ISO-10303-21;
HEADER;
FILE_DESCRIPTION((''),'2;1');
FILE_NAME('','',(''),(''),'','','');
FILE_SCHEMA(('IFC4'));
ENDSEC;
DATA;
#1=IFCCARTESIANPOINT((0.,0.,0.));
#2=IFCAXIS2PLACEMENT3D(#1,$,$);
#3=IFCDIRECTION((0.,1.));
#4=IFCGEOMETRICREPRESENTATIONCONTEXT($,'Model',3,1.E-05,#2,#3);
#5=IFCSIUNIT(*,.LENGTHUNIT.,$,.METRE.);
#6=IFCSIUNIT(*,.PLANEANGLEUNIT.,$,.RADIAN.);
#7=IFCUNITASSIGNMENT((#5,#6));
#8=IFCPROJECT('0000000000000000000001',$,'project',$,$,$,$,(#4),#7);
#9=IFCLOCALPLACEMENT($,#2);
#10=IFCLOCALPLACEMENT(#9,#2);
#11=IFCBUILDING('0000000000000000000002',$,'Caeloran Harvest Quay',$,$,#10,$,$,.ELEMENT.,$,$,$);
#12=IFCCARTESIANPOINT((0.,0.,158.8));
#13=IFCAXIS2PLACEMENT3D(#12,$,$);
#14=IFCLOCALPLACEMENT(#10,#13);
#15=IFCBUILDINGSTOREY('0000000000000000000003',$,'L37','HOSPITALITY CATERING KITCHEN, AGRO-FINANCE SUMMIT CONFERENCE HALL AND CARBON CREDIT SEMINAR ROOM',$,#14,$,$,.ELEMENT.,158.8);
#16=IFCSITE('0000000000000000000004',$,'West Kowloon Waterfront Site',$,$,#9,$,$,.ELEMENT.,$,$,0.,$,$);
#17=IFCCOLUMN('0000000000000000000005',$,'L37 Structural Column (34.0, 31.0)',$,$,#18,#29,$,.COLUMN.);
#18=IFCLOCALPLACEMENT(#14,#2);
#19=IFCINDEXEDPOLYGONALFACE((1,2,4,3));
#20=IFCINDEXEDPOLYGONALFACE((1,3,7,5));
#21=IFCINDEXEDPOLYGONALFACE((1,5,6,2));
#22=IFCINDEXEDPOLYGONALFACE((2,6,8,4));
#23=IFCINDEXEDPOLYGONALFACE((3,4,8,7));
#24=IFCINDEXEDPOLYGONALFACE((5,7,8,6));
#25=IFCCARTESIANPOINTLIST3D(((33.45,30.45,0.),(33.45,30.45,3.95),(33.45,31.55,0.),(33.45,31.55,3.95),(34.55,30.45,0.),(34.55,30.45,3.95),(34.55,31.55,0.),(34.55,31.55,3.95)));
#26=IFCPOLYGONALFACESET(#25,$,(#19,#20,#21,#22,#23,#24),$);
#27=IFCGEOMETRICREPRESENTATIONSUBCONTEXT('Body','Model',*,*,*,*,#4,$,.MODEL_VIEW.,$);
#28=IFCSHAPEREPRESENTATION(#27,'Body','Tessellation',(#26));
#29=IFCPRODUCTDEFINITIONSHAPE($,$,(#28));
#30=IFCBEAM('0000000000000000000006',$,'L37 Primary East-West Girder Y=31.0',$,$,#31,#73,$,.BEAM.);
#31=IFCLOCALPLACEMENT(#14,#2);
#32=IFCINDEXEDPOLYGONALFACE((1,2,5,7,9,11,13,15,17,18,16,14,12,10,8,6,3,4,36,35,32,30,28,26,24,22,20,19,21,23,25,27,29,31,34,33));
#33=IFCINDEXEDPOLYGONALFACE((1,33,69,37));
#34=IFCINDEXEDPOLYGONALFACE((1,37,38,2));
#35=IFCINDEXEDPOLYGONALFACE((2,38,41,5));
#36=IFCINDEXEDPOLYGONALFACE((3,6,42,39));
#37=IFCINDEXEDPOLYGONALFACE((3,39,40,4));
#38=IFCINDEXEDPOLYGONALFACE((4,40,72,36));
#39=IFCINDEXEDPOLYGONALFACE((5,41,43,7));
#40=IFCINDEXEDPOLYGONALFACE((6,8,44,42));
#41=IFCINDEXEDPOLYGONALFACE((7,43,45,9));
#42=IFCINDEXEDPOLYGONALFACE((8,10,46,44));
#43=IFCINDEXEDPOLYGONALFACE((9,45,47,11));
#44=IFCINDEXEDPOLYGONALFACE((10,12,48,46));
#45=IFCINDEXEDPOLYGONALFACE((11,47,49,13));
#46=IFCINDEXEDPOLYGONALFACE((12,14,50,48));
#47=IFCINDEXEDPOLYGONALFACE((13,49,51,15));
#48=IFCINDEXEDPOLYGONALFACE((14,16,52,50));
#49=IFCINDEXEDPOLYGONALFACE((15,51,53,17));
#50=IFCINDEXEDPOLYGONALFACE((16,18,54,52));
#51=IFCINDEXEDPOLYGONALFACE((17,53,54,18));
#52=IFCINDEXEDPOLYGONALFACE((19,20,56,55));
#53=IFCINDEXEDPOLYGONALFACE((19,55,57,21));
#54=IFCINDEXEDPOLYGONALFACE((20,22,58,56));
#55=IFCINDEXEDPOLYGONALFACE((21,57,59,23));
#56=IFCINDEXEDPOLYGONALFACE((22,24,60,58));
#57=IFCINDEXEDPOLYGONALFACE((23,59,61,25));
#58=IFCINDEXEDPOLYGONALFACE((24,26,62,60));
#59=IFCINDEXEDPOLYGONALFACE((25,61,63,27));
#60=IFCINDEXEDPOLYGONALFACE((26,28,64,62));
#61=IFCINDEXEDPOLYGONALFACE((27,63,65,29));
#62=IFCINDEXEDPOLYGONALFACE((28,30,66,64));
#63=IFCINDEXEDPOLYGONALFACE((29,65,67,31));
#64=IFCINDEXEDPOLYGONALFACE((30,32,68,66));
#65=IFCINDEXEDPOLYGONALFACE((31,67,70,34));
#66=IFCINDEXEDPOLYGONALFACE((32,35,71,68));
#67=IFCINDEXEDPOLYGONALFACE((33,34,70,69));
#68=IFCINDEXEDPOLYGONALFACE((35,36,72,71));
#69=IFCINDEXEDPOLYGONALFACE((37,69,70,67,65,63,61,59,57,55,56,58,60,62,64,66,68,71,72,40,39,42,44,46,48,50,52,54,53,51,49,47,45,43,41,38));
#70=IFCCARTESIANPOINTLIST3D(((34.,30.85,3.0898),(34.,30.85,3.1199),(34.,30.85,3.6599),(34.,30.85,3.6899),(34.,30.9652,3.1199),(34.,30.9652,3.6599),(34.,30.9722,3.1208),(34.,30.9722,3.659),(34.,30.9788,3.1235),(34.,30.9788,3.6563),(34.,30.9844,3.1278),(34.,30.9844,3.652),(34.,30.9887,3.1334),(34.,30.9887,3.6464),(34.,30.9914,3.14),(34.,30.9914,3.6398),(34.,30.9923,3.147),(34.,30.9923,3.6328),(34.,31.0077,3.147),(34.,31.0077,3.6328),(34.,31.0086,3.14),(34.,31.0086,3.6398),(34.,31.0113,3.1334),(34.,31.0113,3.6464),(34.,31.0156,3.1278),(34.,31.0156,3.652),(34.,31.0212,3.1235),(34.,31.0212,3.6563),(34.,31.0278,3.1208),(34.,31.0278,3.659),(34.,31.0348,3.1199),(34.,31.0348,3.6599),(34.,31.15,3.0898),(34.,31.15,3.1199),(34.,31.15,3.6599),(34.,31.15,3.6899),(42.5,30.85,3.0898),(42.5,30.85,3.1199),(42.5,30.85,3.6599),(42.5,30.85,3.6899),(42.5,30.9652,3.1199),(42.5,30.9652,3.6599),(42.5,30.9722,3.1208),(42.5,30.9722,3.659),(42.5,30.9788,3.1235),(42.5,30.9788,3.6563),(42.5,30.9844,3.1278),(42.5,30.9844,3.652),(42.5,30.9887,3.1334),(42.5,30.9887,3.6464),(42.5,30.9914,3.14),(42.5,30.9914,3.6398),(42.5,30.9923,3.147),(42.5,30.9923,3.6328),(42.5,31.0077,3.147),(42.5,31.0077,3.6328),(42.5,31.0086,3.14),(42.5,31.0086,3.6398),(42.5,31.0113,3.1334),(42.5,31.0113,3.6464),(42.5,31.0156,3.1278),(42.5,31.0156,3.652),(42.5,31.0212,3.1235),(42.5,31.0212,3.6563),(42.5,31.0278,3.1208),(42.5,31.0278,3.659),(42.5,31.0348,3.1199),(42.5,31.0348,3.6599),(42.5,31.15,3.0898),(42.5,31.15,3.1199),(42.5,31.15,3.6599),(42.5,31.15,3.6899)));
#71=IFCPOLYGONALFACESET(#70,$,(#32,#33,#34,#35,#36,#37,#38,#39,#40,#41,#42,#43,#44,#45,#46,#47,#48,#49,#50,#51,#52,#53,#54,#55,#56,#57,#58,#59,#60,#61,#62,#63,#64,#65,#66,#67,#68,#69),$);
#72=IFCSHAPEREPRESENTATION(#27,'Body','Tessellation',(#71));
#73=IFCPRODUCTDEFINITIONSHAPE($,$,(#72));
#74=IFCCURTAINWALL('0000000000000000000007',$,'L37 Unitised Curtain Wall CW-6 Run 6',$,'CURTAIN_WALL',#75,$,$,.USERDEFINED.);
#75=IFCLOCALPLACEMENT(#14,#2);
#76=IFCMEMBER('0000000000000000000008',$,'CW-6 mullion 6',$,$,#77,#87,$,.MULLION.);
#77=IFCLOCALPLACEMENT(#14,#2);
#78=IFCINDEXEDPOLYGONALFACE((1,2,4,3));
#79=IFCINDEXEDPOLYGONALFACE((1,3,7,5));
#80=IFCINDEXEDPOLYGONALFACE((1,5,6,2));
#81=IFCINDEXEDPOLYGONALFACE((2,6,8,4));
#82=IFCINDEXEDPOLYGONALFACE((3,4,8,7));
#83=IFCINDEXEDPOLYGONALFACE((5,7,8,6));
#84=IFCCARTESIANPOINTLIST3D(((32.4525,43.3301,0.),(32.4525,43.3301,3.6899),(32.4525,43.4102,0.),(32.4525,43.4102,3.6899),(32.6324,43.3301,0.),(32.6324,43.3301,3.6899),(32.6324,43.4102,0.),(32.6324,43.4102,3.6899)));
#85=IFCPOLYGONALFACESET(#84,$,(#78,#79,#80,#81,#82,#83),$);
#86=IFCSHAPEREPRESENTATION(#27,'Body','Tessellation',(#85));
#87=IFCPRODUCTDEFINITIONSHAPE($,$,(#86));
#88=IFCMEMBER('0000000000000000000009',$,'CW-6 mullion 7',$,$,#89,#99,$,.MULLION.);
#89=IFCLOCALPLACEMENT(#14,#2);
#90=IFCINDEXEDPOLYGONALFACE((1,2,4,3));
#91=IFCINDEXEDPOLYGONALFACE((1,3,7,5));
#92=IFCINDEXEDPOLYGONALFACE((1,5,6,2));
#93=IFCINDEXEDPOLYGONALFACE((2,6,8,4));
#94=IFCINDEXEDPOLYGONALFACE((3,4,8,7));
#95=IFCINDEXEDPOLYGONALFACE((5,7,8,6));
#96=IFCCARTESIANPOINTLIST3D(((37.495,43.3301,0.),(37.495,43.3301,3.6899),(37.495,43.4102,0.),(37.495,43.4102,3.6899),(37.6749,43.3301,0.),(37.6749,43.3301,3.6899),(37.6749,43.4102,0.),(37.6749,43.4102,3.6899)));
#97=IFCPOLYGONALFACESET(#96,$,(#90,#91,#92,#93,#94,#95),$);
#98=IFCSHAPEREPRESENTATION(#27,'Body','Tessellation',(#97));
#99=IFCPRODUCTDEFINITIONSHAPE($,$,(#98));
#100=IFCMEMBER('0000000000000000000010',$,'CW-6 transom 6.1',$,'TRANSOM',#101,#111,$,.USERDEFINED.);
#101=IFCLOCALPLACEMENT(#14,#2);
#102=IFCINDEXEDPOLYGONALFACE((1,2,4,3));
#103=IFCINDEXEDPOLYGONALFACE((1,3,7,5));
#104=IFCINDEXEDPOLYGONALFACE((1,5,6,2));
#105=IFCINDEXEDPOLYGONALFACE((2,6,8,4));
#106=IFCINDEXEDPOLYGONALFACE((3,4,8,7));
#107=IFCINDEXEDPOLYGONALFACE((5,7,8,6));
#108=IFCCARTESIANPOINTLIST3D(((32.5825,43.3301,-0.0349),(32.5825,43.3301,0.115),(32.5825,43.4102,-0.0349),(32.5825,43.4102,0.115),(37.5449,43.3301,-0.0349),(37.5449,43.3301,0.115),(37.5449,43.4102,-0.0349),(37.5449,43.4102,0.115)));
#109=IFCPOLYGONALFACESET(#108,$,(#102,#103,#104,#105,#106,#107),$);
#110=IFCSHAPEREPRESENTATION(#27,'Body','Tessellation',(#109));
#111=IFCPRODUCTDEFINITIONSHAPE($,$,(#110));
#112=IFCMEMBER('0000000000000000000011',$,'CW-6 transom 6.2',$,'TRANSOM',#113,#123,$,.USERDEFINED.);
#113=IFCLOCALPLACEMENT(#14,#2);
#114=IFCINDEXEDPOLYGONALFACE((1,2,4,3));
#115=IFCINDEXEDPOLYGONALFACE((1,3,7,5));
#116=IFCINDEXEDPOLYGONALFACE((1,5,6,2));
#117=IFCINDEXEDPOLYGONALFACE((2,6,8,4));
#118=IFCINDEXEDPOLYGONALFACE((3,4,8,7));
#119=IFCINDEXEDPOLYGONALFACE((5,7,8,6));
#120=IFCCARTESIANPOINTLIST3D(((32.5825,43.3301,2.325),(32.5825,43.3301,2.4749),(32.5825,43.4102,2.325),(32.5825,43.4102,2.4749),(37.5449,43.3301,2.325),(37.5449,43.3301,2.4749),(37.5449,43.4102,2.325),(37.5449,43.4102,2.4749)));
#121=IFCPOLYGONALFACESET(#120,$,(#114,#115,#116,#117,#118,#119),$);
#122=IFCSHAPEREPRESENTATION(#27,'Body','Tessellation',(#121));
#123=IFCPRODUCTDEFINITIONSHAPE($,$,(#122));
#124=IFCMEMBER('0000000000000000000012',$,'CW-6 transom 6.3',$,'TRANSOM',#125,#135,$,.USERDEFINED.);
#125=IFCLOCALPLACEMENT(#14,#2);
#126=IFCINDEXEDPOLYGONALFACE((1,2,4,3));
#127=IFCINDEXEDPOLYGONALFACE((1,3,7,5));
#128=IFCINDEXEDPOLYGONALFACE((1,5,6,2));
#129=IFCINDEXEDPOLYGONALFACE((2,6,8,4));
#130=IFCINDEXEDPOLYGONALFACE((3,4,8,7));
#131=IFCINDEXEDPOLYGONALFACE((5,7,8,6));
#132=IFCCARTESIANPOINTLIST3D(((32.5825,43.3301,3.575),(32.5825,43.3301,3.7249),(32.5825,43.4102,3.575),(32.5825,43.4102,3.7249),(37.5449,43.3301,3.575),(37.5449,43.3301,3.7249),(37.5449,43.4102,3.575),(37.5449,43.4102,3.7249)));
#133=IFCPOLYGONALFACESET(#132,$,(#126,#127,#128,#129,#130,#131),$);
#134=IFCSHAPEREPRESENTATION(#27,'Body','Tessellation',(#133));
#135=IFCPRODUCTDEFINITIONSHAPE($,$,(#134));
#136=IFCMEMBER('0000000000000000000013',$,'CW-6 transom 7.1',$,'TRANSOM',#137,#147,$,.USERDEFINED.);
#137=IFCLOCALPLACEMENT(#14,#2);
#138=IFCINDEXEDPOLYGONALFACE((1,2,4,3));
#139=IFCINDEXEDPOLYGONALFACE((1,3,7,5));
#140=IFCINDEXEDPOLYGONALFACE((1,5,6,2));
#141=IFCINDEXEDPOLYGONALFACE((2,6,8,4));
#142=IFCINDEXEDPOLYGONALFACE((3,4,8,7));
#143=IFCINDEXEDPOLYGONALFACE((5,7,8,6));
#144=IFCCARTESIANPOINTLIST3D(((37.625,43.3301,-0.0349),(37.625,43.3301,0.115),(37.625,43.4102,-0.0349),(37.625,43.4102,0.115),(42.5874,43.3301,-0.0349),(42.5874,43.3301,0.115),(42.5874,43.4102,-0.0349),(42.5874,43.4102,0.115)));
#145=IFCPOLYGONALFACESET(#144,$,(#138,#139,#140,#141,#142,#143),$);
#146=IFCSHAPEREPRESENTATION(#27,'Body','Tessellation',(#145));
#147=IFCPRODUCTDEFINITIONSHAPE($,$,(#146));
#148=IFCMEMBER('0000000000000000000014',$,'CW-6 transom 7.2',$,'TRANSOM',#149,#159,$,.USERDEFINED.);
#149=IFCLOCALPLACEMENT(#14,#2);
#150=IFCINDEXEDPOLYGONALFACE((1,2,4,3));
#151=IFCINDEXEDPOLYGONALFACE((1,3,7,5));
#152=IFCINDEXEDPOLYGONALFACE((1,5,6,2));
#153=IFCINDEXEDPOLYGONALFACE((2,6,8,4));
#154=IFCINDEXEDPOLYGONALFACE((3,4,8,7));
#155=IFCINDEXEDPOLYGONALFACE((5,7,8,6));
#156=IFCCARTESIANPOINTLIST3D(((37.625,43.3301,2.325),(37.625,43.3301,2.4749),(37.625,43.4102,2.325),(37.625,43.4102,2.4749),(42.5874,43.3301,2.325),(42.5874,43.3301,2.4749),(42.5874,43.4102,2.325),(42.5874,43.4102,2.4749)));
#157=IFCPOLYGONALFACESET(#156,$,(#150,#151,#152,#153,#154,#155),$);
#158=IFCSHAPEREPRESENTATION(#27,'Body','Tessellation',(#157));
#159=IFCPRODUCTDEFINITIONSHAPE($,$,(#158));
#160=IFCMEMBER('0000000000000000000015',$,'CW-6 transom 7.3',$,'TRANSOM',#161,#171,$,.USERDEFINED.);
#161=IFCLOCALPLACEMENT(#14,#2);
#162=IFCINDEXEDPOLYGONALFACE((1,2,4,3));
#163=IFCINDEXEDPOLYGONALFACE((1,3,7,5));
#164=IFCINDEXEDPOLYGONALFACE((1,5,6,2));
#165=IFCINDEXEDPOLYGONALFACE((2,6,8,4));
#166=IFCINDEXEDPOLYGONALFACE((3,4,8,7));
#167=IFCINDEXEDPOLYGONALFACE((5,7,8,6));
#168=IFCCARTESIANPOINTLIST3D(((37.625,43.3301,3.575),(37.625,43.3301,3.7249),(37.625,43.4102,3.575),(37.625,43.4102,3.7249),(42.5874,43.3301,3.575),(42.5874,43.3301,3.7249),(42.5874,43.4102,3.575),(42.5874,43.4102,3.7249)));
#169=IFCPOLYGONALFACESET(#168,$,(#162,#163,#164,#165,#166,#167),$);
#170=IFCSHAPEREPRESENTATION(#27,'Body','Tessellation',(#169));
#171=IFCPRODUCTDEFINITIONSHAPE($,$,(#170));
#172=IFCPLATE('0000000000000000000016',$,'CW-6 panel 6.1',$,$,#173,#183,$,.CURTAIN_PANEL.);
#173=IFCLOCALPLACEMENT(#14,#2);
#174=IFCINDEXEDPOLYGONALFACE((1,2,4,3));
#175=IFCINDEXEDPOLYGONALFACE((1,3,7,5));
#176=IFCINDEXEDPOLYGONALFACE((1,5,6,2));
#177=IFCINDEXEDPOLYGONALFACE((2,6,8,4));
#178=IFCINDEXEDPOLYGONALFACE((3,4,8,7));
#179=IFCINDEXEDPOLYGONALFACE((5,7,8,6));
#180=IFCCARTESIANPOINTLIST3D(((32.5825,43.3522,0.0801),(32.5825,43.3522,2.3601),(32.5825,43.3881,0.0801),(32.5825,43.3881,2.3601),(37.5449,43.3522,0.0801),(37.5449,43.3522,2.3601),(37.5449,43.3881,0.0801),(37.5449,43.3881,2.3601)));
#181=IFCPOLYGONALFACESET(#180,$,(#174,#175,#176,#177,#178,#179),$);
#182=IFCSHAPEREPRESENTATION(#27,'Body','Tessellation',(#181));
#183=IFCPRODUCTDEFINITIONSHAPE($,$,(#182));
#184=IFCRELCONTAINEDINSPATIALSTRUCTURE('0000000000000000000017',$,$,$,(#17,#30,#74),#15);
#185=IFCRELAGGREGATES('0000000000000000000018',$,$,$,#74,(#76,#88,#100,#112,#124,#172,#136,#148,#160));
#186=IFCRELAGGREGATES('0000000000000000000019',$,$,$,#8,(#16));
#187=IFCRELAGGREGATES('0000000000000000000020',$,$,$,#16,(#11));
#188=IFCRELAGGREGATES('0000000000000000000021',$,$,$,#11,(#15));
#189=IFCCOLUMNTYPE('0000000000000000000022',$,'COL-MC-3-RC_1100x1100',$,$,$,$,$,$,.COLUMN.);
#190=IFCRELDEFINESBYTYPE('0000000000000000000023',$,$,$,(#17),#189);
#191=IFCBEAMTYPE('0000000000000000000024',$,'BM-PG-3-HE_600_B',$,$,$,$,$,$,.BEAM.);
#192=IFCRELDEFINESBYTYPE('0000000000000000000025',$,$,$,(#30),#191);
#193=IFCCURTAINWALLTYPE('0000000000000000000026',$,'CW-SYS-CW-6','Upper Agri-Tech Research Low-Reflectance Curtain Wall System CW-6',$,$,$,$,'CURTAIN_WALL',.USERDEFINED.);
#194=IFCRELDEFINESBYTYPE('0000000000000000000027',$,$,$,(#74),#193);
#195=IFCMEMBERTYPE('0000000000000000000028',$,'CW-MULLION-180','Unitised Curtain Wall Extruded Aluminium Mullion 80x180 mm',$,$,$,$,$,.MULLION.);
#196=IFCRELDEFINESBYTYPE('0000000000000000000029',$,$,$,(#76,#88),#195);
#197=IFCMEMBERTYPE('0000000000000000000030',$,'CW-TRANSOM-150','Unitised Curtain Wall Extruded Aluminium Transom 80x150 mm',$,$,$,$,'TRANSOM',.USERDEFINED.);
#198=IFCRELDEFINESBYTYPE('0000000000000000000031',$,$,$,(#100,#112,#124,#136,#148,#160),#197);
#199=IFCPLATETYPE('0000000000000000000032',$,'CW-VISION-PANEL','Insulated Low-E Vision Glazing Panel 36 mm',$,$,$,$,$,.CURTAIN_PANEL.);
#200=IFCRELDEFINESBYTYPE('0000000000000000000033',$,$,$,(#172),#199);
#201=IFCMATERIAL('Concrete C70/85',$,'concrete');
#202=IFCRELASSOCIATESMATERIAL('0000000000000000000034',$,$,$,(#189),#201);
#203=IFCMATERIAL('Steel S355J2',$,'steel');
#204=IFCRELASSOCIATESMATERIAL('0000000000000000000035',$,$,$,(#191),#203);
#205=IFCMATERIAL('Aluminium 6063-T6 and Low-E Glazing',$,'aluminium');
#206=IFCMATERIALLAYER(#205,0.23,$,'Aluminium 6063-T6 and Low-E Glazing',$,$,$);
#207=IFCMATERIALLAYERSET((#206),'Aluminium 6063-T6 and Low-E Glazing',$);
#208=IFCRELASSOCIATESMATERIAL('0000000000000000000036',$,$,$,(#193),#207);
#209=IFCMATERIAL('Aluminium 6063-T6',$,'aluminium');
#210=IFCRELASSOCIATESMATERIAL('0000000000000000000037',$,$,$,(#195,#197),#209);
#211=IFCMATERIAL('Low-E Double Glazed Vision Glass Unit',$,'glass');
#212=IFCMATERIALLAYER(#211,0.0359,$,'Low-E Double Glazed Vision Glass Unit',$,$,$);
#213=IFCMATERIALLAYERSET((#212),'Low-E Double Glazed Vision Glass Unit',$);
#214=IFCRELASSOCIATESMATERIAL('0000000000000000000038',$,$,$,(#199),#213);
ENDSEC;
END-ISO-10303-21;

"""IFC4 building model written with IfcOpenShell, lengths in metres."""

from ifc_helpers import new_model, si_unit, direction, frame, origin, origin_2d, place, context, subcontext, project, spatial, rectangle, i_section, extrude, material, layer, layer_set, material_profile, profile_set, type_object, element, aggregate, save


model = new_model("IFC4")

# Units and contexts
model_context = context("Model", 3, precision=1e-05, world=origin(), true_north=direction((0.0, 1.0)))
body_context = subcontext(model_context, "Body", "Model", "MODEL_VIEW")
ifc_project = project(units=[si_unit("LENGTHUNIT", "METRE"), si_unit("PLANEANGLEUNIT", "RADIAN")], contexts=[model_context])

# Site, building, storey
site_placement = place(None, origin())
site = spatial("IfcSite", under=ifc_project, at=site_placement, Name="West Kowloon Waterfront Site", CompositionType="ELEMENT", RefElevation=0.0)
building_placement = place(site_placement, origin())
building = spatial("IfcBuilding", under=site, at=building_placement, Name="Caeloran Harvest Quay", CompositionType="ELEMENT")
storey_placement = place(building_placement, frame((0.0, 0.0, 158.8)))
storey = spatial("IfcBuildingStorey", under=building, at=storey_placement, Name="L37", Description="HOSPITALITY CATERING KITCHEN, AGRO-FINANCE SUMMIT CONFERENCE HALL AND CARBON CREDIT SEMINAR ROOM", CompositionType="ELEMENT", Elevation=158.8)

# Column
ifc_material_1 = material(Name="Concrete C70/85", Category="concrete")
ifc_material_profile_1 = material_profile(ifc_material_1, rectangle(XDim=1.1001, YDim=1.1001, at=origin_2d()), Name="RC 1100x1100")
ifc_profile_set_1 = profile_set([ifc_material_profile_1], Name="Concrete C70/85")
column_type = type_object("IfcColumnType", Name="COL-MC-3-RC_1100x1100", PredefinedType="COLUMN", material=ifc_profile_set_1)
column_placement = place(storey_placement, frame((34.0, 31.0, 0.0), z_axis=(0.0, 0.0, 1.0), x_axis=(1.0, 0.0, 0.0)))
element("IfcColumn", 1, at=column_placement, inside=storey, type_object=column_type, Name="L37 Structural Column (34.0, 31.0)", PredefinedType="COLUMN", context=body_context, shape_type="SweptSolid", body=[
    extrude(rectangle(XDim=1.1001, YDim=1.1001, at=origin_2d()), origin(), (0.0, 0.0, 1.0), 3.95),
])

# Beam
ifc_material_2 = material(Name="Steel S355J2", Category="steel")
ifc_material_profile_2 = material_profile(ifc_material_2, i_section(OverallWidth=0.3, OverallDepth=0.6001, WebThickness=0.0154, FlangeThickness=0.03, FilletRadius=0.0271, at=origin_2d()), Name="HE 600 B")
ifc_profile_set_2 = profile_set([ifc_material_profile_2], Name="Steel S355J2")
beam_type = type_object("IfcBeamType", Name="BM-PG-3-HE_600_B", PredefinedType="BEAM", material=ifc_profile_set_2)
beam_placement = place(storey_placement, frame((34.0, 31.0, 3.3899), z_axis=(1.0, 0.0, 0.0), x_axis=(0.0, 1.0, 0.0)))
element("IfcBeam", 2, at=beam_placement, inside=storey, type_object=beam_type, Name="L37 Primary East-West Girder Y=31.0", PredefinedType="BEAM", context=body_context, shape_type="SweptSolid", body=[
    extrude(i_section(OverallWidth=0.3, OverallDepth=0.6001, WebThickness=0.0154, FlangeThickness=0.03, FilletRadius=0.0271, at=origin_2d()), origin(), (0.0, 0.0, 1.0), 8.5),
])

# Curtain wall, members, plate
ifc_material_3 = material(Name="Aluminium 6063-T6 and Low-E Glazing", Category="aluminium")
ifc_layer_1 = layer(ifc_material_3, 0.23, Name="Aluminium 6063-T6 and Low-E Glazing")
ifc_layer_set_1 = layer_set([ifc_layer_1], Name="Aluminium 6063-T6 and Low-E Glazing")
curtain_wall_type = type_object("IfcCurtainWallType", Name="CW-SYS-CW-6", Description="Upper Agri-Tech Research Low-Reflectance Curtain Wall System CW-6", ElementType="CURTAIN_WALL", PredefinedType="USERDEFINED", material=ifc_layer_set_1)
curtain_wall_placement = place(storey_placement, origin())
curtain_wall = element("IfcCurtainWall", 3, at=curtain_wall_placement, inside=storey, type_object=curtain_wall_type, Name="L37 Unitised Curtain Wall CW-6 Run 6", ObjectType="CURTAIN_WALL", PredefinedType="USERDEFINED")
ifc_material_4 = material(Name="Aluminium 6063-T6", Category="aluminium")
ifc_material_profile_3 = material_profile(ifc_material_4, rectangle(XDim=0.0801, YDim=0.1799, at=origin_2d()), Name="CW-MULLION-180")
ifc_profile_set_3 = profile_set([ifc_material_profile_3], Name="Aluminium 6063-T6")
member_type_1 = type_object("IfcMemberType", Name="CW-MULLION-180", Description="Unitised Curtain Wall Extruded Aluminium Mullion 80x180 mm", PredefinedType="MULLION", material=ifc_profile_set_3)
member_1_placement = place(storey_placement, frame((32.5425, 43.3701, 0.0), z_axis=(0.0, 0.0, 1.0), x_axis=(0.0, 1.0, 0.0)))
member_1 = element("IfcMember", 4, at=member_1_placement, type_object=member_type_1, Name="CW-6 mullion 6", PredefinedType="MULLION", context=body_context, shape_type="SweptSolid", body=[
    extrude(rectangle(XDim=0.0801, YDim=0.1799, at=origin_2d()), origin(), (0.0, 0.0, 1.0), 3.6899),
])
member_2_placement = place(storey_placement, frame((37.585, 43.3701, 0.0), z_axis=(0.0, 0.0, 1.0), x_axis=(0.0, 1.0, 0.0)))
member_2 = element("IfcMember", 5, at=member_2_placement, type_object=member_type_1, Name="CW-6 mullion 7", PredefinedType="MULLION", context=body_context, shape_type="SweptSolid", body=[
    extrude(rectangle(XDim=0.0801, YDim=0.1799, at=origin_2d()), origin(), (0.0, 0.0, 1.0), 3.6899),
])
ifc_material_profile_4 = material_profile(ifc_material_4, rectangle(XDim=0.0801, YDim=0.1499, at=origin_2d()), Name="CW-TRANSOM-150")
ifc_profile_set_4 = profile_set([ifc_material_profile_4], Name="Aluminium 6063-T6")
member_type_2 = type_object("IfcMemberType", Name="CW-TRANSOM-150", Description="Unitised Curtain Wall Extruded Aluminium Transom 80x150 mm", ElementType="TRANSOM", PredefinedType="USERDEFINED", material=ifc_profile_set_4)
member_3_placement = place(storey_placement, frame((32.5825, 43.3701, 0.04), z_axis=(1.0, 0.0, 0.0), x_axis=(0.0, 1.0, 0.0)))
member_3 = element("IfcMember", 6, at=member_3_placement, type_object=member_type_2, Name="CW-6 transom 6.1", ObjectType="TRANSOM", PredefinedType="USERDEFINED", context=body_context, shape_type="SweptSolid", body=[
    extrude(rectangle(XDim=0.0801, YDim=0.1499, at=origin_2d()), origin(), (0.0, 0.0, 1.0), 4.9624),
])
member_4_placement = place(storey_placement, frame((32.5825, 43.3701, 2.3999), z_axis=(1.0, 0.0, 0.0), x_axis=(0.0, 1.0, 0.0)))
member_4 = element("IfcMember", 7, at=member_4_placement, type_object=member_type_2, Name="CW-6 transom 6.2", ObjectType="TRANSOM", PredefinedType="USERDEFINED", context=body_context, shape_type="SweptSolid", body=[
    extrude(rectangle(XDim=0.0801, YDim=0.1499, at=origin_2d()), origin(), (0.0, 0.0, 1.0), 4.9624),
])
member_5_placement = place(storey_placement, frame((32.5825, 43.3701, 3.6499), z_axis=(1.0, 0.0, 0.0), x_axis=(0.0, 1.0, 0.0)))
member_5 = element("IfcMember", 8, at=member_5_placement, type_object=member_type_2, Name="CW-6 transom 6.3", ObjectType="TRANSOM", PredefinedType="USERDEFINED", context=body_context, shape_type="SweptSolid", body=[
    extrude(rectangle(XDim=0.0801, YDim=0.1499, at=origin_2d()), origin(), (0.0, 0.0, 1.0), 4.9624),
])
member_6_placement = place(storey_placement, frame((37.625, 43.3701, 0.04), z_axis=(1.0, 0.0, 0.0), x_axis=(0.0, 1.0, 0.0)))
member_6 = element("IfcMember", 9, at=member_6_placement, type_object=member_type_2, Name="CW-6 transom 7.1", ObjectType="TRANSOM", PredefinedType="USERDEFINED", context=body_context, shape_type="SweptSolid", body=[
    extrude(rectangle(XDim=0.0801, YDim=0.1499, at=origin_2d()), origin(), (0.0, 0.0, 1.0), 4.9624),
])
member_7_placement = place(storey_placement, frame((37.625, 43.3701, 2.3999), z_axis=(1.0, 0.0, 0.0), x_axis=(0.0, 1.0, 0.0)))
member_7 = element("IfcMember", 10, at=member_7_placement, type_object=member_type_2, Name="CW-6 transom 7.2", ObjectType="TRANSOM", PredefinedType="USERDEFINED", context=body_context, shape_type="SweptSolid", body=[
    extrude(rectangle(XDim=0.0801, YDim=0.1499, at=origin_2d()), origin(), (0.0, 0.0, 1.0), 4.9624),
])
member_8_placement = place(storey_placement, frame((37.625, 43.3701, 3.6499), z_axis=(1.0, 0.0, 0.0), x_axis=(0.0, 1.0, 0.0)))
member_8 = element("IfcMember", 11, at=member_8_placement, type_object=member_type_2, Name="CW-6 transom 7.3", ObjectType="TRANSOM", PredefinedType="USERDEFINED", context=body_context, shape_type="SweptSolid", body=[
    extrude(rectangle(XDim=0.0801, YDim=0.1499, at=origin_2d()), origin(), (0.0, 0.0, 1.0), 4.9624),
])
ifc_material_5 = material(Name="Low-E Double Glazed Vision Glass Unit", Category="glass")
ifc_layer_2 = layer(ifc_material_5, 0.0359, Name="Low-E Double Glazed Vision Glass Unit")
ifc_layer_set_2 = layer_set([ifc_layer_2], Name="Low-E Double Glazed Vision Glass Unit")
plate_type = type_object("IfcPlateType", Name="CW-VISION-PANEL", Description="Insulated Low-E Vision Glazing Panel 36 mm", PredefinedType="CURTAIN_PANEL", material=ifc_layer_set_2)
plate_1_placement = place(storey_placement, frame((35.0637, 43.3701, 0.0801), z_axis=(0.0, 0.0, 1.0), x_axis=(1.0, 0.0, 0.0)))
plate_1 = element("IfcPlate", 12, at=plate_1_placement, type_object=plate_type, Name="CW-6 panel 6.1", PredefinedType="CURTAIN_PANEL", context=body_context, shape_type="SweptSolid", body=[
    extrude(rectangle(XDim=4.9624, YDim=0.0359, at=origin_2d()), origin(), (0.0, 0.0, 1.0), 2.28),
])
aggregate(curtain_wall, [member_1, member_2, member_3, member_4, member_5, plate_1, member_6, member_7, member_8])

save(model, "model.ifc")
